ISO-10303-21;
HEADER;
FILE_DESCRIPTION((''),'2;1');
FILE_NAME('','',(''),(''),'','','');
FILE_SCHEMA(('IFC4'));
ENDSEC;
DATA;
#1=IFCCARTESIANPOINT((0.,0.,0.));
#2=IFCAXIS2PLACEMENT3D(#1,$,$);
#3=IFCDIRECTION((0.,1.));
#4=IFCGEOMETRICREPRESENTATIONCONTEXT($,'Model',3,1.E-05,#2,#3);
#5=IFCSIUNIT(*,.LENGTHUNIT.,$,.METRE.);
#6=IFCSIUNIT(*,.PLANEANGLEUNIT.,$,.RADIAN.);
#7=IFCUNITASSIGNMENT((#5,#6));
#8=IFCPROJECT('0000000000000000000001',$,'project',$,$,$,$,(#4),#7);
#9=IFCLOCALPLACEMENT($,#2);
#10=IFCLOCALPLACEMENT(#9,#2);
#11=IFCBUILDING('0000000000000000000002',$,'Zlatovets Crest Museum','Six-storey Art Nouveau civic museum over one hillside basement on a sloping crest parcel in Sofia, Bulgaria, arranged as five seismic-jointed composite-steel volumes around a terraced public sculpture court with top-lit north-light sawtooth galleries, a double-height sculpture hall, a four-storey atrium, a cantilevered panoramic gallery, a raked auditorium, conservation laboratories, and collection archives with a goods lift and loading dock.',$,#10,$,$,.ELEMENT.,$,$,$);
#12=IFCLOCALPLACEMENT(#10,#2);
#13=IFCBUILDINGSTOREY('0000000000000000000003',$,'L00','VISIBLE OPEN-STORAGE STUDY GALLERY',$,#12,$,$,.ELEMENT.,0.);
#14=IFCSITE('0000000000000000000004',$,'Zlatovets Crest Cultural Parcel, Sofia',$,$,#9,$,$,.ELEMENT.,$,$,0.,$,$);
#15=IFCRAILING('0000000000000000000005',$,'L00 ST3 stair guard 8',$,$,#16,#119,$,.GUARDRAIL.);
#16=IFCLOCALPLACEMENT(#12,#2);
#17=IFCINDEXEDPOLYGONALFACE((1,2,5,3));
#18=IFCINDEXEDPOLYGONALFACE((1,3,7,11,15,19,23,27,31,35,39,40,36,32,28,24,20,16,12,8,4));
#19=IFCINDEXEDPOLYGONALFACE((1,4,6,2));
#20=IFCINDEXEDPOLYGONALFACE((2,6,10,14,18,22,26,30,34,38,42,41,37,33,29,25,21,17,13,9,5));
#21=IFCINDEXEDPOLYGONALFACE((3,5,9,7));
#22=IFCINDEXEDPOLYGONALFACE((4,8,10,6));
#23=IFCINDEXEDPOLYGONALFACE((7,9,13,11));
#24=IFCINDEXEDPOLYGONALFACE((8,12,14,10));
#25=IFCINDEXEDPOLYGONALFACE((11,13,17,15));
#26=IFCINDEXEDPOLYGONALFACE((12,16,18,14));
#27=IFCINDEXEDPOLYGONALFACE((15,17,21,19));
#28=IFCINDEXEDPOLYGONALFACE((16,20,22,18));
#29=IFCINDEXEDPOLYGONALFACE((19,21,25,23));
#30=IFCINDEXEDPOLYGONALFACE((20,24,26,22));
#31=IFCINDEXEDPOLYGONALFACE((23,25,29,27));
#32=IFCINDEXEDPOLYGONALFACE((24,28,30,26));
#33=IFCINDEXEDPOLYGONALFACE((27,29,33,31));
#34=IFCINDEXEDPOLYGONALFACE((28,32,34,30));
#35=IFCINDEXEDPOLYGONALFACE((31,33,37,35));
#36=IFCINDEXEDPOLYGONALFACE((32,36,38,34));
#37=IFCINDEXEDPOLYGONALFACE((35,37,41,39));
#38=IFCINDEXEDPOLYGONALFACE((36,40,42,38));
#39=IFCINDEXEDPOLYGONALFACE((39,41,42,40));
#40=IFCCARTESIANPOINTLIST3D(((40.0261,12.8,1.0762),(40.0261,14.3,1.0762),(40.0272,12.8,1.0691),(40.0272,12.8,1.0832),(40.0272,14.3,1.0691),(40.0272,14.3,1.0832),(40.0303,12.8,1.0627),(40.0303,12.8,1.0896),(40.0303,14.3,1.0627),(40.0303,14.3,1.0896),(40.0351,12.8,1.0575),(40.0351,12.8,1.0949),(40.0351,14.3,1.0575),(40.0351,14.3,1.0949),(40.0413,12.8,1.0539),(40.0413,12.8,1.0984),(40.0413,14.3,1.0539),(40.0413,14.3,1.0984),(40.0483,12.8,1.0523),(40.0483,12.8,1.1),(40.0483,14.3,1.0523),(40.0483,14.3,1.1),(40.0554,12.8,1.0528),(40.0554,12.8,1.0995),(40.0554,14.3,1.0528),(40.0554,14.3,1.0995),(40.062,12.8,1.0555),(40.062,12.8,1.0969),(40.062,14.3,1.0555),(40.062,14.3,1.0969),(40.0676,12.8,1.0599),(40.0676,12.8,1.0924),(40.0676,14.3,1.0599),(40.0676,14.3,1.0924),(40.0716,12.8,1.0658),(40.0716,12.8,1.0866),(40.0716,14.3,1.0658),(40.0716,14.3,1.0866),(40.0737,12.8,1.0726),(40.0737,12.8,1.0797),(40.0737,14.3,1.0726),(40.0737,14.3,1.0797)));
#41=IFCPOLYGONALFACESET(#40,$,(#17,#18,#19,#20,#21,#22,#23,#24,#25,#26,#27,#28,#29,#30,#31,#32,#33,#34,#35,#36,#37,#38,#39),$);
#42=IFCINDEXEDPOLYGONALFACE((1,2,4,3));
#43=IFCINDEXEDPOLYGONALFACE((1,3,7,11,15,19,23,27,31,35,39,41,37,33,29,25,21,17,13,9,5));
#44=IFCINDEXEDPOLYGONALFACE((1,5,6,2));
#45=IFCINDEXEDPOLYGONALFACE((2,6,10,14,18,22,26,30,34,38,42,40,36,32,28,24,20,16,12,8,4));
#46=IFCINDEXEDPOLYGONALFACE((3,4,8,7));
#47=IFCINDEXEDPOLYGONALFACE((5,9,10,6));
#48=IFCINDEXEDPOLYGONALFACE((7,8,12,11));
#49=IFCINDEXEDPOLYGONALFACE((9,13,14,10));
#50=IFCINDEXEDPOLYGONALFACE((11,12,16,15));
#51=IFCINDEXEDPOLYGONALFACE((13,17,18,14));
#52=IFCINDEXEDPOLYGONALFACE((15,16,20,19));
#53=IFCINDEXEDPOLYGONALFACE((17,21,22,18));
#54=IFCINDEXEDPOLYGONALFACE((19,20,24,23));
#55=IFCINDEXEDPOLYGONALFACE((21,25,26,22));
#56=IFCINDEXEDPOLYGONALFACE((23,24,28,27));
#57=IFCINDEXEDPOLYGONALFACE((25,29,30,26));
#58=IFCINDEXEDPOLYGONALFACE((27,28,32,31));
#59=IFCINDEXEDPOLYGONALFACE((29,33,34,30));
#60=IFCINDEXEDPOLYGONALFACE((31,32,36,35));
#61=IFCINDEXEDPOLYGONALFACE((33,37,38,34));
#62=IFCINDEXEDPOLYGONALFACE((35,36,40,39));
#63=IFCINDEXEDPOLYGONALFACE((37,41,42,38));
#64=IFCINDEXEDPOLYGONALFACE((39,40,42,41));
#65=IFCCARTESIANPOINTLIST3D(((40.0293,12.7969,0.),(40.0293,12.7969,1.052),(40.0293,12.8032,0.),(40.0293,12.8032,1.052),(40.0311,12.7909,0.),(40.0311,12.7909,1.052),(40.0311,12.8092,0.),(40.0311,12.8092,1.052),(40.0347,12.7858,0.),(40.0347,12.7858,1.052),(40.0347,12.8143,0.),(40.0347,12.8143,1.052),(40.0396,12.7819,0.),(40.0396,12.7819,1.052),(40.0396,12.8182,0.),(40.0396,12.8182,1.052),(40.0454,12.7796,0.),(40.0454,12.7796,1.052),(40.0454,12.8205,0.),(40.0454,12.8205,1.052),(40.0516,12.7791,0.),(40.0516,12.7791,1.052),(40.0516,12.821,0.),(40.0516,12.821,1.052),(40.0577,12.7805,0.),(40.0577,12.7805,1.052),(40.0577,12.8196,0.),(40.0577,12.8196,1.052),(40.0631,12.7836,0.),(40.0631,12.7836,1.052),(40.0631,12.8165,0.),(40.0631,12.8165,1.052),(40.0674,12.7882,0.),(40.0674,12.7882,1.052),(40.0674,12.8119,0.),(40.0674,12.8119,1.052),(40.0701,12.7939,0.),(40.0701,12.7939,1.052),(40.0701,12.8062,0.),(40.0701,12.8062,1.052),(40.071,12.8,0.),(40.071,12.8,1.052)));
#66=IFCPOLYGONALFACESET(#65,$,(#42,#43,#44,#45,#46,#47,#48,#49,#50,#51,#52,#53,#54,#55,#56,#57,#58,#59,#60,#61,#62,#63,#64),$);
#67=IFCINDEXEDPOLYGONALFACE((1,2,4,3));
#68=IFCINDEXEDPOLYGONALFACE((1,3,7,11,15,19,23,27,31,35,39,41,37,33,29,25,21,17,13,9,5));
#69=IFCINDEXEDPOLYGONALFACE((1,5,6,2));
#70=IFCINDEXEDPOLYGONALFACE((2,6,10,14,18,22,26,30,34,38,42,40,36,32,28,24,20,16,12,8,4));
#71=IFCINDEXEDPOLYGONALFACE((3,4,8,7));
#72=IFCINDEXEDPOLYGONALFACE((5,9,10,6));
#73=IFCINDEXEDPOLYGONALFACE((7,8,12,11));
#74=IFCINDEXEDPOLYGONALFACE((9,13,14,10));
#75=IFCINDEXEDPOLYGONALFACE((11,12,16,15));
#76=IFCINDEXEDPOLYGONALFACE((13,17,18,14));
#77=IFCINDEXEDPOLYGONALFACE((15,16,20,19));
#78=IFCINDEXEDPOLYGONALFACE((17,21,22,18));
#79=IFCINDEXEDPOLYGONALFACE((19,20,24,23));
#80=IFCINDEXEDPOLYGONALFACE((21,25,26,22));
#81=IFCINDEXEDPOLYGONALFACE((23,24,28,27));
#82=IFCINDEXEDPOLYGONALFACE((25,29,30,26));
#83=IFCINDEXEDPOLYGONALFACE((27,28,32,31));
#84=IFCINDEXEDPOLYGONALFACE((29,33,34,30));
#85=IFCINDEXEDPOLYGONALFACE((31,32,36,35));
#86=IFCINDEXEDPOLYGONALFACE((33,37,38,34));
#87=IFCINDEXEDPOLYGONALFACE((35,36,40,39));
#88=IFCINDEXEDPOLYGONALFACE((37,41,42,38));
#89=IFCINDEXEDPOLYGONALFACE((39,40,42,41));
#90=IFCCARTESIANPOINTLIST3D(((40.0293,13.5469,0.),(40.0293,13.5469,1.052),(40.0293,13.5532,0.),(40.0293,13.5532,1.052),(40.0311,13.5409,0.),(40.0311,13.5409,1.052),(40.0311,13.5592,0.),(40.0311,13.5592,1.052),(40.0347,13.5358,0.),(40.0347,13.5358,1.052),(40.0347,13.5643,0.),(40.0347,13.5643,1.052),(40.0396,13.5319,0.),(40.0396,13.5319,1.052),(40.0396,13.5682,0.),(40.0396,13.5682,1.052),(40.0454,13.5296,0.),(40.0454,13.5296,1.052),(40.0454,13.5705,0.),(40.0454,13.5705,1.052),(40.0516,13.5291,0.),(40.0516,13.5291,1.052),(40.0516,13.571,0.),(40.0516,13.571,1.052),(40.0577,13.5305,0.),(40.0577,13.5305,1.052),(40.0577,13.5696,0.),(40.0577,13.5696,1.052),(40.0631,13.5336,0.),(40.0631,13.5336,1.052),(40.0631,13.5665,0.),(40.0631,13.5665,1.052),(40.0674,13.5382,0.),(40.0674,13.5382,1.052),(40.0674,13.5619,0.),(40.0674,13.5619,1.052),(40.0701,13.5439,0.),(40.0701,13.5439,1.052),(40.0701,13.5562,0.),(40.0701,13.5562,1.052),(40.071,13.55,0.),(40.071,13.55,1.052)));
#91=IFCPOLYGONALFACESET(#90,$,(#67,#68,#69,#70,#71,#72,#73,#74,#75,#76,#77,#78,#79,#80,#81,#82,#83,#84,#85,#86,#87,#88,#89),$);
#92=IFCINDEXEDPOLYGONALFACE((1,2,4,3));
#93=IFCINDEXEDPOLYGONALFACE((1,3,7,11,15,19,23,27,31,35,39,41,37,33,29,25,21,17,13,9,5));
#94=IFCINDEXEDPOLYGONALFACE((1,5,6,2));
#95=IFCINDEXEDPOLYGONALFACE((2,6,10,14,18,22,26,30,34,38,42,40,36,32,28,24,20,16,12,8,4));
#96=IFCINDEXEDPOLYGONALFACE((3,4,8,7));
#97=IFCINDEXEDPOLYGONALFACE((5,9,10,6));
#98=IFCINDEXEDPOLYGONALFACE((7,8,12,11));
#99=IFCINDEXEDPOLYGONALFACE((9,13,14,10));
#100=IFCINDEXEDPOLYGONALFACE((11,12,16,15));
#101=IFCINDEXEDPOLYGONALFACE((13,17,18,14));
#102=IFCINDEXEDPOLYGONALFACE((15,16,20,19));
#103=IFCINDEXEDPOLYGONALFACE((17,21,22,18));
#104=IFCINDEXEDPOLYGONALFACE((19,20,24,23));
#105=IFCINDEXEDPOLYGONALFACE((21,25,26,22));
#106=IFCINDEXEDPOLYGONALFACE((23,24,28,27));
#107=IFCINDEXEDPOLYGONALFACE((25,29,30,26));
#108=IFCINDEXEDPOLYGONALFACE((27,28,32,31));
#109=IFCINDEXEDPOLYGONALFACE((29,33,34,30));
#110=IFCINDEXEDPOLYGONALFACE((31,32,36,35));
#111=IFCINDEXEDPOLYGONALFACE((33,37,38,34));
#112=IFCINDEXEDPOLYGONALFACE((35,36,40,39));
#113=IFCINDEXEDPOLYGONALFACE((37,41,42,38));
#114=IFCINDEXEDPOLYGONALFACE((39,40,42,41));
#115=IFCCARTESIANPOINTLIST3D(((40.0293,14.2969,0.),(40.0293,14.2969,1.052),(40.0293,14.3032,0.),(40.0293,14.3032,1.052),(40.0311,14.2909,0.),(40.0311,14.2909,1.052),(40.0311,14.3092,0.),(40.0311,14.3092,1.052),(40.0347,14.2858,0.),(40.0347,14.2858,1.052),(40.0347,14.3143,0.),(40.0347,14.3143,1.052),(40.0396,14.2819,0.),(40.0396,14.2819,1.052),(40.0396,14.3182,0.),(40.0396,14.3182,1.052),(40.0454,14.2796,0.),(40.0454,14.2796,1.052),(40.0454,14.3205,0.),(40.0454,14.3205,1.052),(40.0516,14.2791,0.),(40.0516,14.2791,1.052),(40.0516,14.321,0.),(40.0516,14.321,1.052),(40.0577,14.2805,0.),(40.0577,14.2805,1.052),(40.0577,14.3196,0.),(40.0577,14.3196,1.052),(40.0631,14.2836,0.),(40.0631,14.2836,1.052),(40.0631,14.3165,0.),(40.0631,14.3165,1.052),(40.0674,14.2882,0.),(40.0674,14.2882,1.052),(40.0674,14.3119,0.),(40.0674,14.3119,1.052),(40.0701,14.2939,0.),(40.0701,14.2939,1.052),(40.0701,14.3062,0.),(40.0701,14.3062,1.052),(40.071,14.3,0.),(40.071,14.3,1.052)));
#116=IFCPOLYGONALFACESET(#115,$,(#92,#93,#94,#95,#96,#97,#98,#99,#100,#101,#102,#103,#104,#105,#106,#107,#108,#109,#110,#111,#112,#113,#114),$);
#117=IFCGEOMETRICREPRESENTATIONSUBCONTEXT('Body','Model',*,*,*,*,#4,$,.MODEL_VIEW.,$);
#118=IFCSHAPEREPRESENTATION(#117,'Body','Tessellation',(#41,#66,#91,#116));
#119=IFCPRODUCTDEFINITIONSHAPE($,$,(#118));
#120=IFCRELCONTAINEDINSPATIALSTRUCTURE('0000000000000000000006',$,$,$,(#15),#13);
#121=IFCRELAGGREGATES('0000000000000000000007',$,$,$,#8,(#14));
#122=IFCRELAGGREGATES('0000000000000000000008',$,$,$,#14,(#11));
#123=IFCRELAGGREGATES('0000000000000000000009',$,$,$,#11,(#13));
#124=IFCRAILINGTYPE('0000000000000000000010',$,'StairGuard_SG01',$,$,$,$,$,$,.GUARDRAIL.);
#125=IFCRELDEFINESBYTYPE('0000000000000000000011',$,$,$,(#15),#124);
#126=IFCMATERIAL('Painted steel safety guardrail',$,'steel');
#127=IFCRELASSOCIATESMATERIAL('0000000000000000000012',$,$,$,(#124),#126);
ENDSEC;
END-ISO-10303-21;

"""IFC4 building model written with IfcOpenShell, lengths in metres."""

from ifc_helpers import new_model, si_unit, direction, frame, origin, origin_2d, place, context, subcontext, project, spatial, circle, extrude, material, type_object, element, save


model = new_model("IFC4")

# Units and contexts
model_context = context("Model", 3, precision=1e-05, world=origin(), true_north=direction((0.0, 1.0)))
body_context = subcontext(model_context, "Body", "Model", "MODEL_VIEW")
ifc_project = project(units=[si_unit("LENGTHUNIT", "METRE"), si_unit("PLANEANGLEUNIT", "RADIAN")], contexts=[model_context])

# Site, building, storey
site_placement = place(None, origin())
site = spatial("IfcSite", under=ifc_project, at=site_placement, Name="Zlatovets Crest Cultural Parcel, Sofia", CompositionType="ELEMENT", RefElevation=0.0)
building_placement = place(site_placement, origin())
building = spatial("IfcBuilding", under=site, at=building_placement, Name="Zlatovets Crest Museum", Description="Six-storey Art Nouveau civic museum over one hillside basement on a sloping crest parcel in Sofia, Bulgaria, arranged as five seismic-jointed composite-steel volumes around a terraced public sculpture court with top-lit north-light sawtooth galleries, a double-height sculpture hall, a four-storey atrium, a cantilevered panoramic gallery, a raked auditorium, conservation laboratories, and collection archives with a goods lift and loading dock.", CompositionType="ELEMENT")
storey_placement = place(building_placement, origin())
storey = spatial("IfcBuildingStorey", under=building, at=storey_placement, Name="L00", Description="VISIBLE OPEN-STORAGE STUDY GALLERY", CompositionType="ELEMENT", Elevation=0.0)

# Railing
ifc_material_1 = material(Name="Painted steel safety guardrail", Category="steel")
railing_type_1 = type_object("IfcRailingType", Name="StairGuard_SG01", PredefinedType="GUARDRAIL", material=ifc_material_1)
for number, where, name in (
    (1, (40.05, 12.8, 0.0), "L00 ST3 stair guard 8"),
):
    element("IfcRailing", number, at=place(storey_placement, frame(where)), inside=storey, type_object=railing_type_1, Name=name, PredefinedType="GUARDRAIL", context=body_context, shape_type="SweptSolid", body=[
        extrude(circle(Radius=0.0239, at=origin_2d()), frame((0.0, 0.0, 1.0762), z_axis=(0.0, 1.0, 0.0), x_axis=(-1.0, 0.0, 0.0)), (0.0, 0.0, 1.0), 1.5),
        extrude(circle(Radius=0.021, at=origin_2d()), origin(), (0.0, 0.0, 1.0), 1.052),
        extrude(circle(Radius=0.021, at=origin_2d()), frame((0.0, 0.75, 0.0)), (0.0, 0.0, 1.0), 1.052),
        extrude(circle(Radius=0.021, at=origin_2d()), frame((0.0, 1.5, 0.0)), (0.0, 0.0, 1.0), 1.052),
    ])

save(model, "model.ifc")
